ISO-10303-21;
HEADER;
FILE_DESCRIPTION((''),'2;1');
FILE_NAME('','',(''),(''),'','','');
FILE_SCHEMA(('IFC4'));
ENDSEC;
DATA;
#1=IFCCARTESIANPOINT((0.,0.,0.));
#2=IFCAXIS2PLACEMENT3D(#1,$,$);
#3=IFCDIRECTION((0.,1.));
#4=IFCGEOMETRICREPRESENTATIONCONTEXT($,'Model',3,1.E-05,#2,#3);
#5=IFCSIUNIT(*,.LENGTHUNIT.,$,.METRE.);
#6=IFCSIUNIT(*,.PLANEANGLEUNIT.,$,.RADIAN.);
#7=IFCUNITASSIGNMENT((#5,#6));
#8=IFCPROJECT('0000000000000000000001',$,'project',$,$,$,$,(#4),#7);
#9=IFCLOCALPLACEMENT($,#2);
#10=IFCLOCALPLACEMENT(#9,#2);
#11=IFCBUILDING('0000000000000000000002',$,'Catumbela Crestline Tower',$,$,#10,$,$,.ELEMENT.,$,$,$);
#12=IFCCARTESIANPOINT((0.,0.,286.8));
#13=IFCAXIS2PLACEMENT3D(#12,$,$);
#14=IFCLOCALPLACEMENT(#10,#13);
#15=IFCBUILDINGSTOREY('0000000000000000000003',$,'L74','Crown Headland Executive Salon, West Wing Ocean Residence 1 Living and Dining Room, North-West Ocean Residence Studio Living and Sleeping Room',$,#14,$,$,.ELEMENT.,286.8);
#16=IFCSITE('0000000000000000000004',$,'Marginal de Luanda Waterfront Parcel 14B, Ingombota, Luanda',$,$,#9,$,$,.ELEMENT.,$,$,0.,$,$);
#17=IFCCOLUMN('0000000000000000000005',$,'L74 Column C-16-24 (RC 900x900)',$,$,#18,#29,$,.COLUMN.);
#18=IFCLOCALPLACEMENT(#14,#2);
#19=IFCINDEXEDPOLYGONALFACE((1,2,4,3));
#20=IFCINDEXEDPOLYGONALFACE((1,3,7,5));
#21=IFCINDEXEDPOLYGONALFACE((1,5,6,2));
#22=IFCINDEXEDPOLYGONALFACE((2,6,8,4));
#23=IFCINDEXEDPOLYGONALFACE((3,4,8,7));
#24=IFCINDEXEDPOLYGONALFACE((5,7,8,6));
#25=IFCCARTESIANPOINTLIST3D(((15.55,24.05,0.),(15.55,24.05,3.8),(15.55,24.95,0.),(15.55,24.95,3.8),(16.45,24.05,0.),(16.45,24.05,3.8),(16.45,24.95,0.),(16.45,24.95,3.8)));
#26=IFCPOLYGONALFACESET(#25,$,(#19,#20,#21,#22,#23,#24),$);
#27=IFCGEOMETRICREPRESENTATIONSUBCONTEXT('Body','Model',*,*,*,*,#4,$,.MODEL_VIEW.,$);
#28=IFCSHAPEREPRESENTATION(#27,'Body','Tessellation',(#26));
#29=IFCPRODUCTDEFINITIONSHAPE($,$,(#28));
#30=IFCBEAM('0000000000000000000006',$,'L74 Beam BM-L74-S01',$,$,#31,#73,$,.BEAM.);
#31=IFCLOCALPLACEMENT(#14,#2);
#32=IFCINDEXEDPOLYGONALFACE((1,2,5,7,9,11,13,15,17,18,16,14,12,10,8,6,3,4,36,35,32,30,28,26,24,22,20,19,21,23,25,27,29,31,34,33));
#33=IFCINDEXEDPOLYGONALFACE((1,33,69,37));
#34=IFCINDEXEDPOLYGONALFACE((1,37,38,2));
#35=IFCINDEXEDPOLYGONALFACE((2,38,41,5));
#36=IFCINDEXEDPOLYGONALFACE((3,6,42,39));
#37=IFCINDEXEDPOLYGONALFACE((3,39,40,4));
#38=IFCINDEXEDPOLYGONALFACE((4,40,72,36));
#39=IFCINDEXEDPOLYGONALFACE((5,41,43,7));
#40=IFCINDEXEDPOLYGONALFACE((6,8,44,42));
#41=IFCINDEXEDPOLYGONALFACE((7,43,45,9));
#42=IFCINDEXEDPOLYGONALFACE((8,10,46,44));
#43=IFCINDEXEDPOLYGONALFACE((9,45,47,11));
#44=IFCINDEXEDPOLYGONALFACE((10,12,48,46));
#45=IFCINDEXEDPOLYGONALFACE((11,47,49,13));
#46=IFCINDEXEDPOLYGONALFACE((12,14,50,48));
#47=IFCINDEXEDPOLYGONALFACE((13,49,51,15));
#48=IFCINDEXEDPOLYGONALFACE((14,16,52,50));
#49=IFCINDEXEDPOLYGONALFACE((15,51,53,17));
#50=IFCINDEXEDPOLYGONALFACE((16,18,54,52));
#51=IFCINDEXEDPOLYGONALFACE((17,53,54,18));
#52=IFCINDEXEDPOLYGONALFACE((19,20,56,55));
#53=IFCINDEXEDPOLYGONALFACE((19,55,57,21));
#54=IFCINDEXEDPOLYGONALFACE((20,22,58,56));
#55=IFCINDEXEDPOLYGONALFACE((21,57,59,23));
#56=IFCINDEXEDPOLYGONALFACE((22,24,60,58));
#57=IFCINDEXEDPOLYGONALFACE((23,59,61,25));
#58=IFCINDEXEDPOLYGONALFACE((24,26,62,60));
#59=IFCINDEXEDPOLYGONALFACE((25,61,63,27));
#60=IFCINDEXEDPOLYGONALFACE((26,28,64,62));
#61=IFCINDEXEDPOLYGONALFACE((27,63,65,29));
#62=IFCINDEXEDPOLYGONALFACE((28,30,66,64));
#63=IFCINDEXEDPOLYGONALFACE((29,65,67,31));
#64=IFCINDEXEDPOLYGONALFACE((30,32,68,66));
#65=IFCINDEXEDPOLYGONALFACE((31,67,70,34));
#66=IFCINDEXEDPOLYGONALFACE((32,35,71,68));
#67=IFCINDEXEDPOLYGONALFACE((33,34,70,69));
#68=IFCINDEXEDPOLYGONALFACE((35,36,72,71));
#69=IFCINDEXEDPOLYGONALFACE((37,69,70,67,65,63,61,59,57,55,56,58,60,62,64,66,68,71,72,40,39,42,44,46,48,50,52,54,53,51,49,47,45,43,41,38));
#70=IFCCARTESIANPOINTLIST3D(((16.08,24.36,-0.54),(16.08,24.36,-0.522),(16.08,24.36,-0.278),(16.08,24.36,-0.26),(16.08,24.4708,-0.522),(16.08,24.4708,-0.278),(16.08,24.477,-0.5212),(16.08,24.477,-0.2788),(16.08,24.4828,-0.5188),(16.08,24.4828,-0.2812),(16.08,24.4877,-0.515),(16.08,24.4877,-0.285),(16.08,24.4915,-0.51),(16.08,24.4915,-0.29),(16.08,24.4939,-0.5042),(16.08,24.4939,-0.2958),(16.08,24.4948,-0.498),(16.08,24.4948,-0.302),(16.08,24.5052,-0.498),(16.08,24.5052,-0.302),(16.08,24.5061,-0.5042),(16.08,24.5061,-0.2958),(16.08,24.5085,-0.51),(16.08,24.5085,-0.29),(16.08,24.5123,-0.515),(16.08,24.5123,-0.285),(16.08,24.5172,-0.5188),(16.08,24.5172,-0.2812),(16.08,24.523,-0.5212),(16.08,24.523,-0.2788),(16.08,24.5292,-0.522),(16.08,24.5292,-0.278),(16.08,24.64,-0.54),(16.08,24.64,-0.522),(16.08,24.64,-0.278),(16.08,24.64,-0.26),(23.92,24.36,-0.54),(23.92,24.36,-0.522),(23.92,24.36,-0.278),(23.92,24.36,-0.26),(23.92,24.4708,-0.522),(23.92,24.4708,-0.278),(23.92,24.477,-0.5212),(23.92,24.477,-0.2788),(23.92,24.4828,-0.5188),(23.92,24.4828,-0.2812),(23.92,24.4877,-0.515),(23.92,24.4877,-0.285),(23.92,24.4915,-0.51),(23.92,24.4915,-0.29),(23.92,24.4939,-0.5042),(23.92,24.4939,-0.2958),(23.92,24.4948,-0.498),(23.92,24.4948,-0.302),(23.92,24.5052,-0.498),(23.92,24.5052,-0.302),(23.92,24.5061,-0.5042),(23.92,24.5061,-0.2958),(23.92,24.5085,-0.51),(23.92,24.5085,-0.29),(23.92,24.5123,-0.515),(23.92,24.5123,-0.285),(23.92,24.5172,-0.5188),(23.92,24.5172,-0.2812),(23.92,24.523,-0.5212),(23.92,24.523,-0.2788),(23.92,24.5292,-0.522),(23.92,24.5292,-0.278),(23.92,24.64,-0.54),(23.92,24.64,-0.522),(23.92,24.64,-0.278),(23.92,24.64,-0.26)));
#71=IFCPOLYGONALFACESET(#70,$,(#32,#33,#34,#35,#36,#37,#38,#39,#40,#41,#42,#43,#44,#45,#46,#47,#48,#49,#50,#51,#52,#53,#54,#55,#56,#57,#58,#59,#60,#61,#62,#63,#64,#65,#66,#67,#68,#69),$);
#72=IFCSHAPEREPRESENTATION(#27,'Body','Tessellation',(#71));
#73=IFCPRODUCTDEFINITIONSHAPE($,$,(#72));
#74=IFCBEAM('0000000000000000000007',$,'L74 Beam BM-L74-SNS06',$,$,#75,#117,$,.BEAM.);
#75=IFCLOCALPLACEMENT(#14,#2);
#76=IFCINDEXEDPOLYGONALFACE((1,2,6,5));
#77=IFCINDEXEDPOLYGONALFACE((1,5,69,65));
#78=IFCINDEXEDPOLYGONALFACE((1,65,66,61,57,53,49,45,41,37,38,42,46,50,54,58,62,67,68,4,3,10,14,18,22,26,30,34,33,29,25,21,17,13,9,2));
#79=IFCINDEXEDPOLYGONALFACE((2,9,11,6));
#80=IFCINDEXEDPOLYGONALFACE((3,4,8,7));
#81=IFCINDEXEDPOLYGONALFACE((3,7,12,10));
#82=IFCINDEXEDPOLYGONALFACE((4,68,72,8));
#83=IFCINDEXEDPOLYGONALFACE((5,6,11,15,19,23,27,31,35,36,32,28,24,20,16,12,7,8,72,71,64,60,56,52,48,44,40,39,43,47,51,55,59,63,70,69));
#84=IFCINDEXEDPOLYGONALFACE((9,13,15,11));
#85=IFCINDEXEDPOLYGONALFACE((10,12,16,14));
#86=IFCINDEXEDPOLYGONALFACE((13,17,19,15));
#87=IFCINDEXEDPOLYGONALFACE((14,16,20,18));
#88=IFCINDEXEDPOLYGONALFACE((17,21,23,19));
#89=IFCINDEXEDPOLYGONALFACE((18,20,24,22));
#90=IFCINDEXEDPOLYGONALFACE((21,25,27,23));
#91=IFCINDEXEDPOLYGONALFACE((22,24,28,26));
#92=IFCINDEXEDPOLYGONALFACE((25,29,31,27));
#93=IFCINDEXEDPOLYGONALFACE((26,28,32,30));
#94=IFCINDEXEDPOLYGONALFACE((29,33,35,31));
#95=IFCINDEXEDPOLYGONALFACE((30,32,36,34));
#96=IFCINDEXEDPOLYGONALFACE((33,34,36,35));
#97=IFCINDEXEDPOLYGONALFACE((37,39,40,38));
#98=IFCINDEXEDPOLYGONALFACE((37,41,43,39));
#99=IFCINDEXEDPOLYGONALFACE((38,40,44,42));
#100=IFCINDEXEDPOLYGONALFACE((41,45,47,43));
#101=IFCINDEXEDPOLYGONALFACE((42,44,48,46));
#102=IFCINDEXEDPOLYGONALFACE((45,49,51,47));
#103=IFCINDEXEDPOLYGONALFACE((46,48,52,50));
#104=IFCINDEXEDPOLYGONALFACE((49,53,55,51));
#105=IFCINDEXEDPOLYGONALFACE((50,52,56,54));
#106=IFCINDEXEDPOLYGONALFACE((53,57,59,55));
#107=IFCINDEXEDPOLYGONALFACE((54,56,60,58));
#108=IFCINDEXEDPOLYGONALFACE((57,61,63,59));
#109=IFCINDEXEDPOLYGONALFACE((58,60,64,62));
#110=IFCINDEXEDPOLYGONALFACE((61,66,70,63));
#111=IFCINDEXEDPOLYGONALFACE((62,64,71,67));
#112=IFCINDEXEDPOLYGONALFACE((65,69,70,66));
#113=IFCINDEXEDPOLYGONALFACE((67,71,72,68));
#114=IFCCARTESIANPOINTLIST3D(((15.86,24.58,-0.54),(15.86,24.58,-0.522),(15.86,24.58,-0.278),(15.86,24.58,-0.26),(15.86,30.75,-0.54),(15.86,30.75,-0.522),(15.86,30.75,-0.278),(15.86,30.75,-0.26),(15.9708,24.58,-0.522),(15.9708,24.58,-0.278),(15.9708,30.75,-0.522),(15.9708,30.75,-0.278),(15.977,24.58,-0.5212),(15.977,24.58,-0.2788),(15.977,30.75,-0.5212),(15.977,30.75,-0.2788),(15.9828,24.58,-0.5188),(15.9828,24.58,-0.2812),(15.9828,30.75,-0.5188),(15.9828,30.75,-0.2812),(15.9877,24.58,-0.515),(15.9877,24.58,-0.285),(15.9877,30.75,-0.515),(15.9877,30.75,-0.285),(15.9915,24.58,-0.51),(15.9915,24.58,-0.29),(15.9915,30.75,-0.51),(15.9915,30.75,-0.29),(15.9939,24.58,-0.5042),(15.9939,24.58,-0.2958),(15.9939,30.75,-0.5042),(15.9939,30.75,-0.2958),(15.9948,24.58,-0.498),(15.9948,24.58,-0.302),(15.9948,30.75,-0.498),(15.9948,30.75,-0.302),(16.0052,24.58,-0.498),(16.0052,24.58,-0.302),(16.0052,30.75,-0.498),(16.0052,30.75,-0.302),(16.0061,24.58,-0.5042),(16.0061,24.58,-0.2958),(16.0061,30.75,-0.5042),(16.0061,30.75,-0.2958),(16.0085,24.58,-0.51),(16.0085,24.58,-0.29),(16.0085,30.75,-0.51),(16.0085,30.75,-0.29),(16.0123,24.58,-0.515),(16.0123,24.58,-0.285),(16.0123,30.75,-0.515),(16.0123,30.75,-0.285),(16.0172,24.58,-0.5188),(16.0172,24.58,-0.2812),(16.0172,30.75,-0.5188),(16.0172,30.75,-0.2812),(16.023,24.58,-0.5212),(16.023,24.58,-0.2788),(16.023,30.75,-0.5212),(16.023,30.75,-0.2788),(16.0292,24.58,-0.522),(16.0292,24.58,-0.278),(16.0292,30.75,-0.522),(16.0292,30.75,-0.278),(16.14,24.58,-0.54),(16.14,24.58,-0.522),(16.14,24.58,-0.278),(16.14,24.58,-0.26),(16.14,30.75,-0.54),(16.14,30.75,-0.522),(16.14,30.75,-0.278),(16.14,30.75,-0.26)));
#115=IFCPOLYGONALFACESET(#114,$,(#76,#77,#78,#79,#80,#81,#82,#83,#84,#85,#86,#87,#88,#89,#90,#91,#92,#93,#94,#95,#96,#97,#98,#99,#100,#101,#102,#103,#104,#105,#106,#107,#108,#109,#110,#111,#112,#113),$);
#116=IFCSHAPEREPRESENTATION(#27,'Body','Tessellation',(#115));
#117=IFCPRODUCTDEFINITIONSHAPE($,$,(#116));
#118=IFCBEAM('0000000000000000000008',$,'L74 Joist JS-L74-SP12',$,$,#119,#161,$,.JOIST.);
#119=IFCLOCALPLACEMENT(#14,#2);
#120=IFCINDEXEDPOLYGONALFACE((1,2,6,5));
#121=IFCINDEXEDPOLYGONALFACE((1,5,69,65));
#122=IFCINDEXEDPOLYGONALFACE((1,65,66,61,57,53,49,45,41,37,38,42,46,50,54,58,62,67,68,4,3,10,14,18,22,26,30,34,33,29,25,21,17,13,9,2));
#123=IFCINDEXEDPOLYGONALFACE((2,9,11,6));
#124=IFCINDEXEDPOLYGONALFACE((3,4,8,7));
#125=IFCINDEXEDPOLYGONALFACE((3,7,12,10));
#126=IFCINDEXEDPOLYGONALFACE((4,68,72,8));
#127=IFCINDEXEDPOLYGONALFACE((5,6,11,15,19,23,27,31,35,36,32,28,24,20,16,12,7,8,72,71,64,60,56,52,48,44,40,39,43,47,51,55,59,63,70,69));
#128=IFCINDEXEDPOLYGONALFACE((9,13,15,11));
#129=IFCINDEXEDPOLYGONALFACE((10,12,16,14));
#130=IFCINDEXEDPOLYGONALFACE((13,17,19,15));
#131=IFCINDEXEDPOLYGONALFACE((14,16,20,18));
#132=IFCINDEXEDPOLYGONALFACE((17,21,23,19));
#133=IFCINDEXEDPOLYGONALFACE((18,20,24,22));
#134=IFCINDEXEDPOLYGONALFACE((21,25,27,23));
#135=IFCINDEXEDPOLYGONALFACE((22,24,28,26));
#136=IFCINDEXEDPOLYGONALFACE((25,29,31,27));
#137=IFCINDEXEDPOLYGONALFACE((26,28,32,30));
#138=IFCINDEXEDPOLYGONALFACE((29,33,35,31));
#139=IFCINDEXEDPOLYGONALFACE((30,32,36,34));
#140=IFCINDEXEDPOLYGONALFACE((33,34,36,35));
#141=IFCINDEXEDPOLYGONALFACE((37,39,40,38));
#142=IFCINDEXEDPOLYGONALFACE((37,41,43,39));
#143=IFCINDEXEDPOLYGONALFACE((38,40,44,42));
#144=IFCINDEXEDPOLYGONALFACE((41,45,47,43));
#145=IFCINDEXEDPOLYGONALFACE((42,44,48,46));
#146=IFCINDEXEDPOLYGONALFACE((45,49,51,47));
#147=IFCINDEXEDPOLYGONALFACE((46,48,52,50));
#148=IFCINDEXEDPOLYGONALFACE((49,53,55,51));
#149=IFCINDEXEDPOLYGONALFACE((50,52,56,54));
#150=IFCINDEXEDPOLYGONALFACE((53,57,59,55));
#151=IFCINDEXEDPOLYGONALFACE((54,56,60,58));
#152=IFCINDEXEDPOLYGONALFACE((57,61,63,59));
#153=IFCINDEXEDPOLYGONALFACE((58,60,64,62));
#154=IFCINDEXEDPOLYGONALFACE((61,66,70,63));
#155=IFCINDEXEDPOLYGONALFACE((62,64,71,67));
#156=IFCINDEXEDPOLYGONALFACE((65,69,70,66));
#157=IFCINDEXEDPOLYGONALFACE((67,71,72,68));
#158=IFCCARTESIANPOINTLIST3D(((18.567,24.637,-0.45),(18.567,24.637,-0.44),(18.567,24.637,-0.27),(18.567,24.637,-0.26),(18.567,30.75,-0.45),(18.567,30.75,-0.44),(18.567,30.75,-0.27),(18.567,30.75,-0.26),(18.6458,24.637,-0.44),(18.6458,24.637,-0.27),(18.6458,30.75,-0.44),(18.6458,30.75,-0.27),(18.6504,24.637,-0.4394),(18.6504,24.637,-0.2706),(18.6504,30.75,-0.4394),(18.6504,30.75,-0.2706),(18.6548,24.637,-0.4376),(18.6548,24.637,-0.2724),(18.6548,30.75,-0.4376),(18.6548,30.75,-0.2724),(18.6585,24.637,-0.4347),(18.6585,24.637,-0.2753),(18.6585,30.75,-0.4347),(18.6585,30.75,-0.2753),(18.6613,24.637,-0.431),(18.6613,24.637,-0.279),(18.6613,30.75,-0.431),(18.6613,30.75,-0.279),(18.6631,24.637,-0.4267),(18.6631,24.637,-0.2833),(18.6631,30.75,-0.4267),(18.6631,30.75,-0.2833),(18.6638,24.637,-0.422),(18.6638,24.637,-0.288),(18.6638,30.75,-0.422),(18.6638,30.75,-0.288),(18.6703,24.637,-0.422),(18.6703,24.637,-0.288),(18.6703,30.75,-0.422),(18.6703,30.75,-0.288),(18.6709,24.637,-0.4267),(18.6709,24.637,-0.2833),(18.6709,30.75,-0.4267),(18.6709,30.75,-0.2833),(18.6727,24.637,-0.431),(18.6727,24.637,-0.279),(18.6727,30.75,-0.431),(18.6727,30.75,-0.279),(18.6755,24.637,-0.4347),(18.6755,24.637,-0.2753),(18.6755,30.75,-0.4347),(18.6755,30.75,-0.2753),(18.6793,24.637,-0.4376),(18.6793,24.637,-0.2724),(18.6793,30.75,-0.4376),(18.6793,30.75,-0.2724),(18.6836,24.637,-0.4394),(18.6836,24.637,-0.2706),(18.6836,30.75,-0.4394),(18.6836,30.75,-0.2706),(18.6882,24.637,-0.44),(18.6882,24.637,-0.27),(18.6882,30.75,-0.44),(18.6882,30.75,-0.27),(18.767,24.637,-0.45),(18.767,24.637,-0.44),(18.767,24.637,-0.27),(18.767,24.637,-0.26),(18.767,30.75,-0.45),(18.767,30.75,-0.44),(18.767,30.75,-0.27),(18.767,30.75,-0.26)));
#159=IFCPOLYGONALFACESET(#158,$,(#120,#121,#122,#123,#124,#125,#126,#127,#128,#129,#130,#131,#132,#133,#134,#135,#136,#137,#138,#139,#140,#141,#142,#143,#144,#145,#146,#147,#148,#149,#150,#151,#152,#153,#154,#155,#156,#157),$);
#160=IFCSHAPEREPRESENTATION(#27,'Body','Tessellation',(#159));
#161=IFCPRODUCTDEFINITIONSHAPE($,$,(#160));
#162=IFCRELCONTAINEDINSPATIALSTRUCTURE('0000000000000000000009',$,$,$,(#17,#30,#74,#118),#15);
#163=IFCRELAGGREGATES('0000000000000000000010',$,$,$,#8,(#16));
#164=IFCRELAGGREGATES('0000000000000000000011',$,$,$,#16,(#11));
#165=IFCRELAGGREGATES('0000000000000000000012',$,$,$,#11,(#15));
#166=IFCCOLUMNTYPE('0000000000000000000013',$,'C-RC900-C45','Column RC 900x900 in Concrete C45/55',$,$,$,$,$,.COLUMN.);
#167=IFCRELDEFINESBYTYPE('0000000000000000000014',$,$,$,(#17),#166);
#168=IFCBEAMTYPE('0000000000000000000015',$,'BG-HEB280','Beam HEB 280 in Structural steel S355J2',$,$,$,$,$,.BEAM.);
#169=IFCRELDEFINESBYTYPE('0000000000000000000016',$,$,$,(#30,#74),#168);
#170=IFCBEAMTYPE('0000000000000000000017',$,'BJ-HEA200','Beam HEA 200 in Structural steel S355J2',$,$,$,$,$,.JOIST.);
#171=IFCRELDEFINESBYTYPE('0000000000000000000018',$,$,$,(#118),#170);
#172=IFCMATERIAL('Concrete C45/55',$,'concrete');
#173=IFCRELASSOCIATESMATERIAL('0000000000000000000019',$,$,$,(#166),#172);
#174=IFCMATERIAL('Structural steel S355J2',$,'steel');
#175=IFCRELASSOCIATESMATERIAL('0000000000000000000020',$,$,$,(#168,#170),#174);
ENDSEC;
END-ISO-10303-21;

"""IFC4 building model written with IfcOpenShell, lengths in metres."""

from ifc_helpers import new_model, si_unit, direction, frame, origin, origin_2d, place, context, subcontext, project, spatial, rectangle, i_section, extrude, material, material_profile, profile_set, type_object, element, save


model = new_model("IFC4")

# Units and contexts
model_context = context("Model", 3, precision=1e-05, world=origin(), true_north=direction((0.0, 1.0)))
body_context = subcontext(model_context, "Body", "Model", "MODEL_VIEW")
ifc_project = project(units=[si_unit("LENGTHUNIT", "METRE"), si_unit("PLANEANGLEUNIT", "RADIAN")], contexts=[model_context])

# Site, building, storey
site_placement = place(None, origin())
site = spatial("IfcSite", under=ifc_project, at=site_placement, Name="Marginal de Luanda Waterfront Parcel 14B, Ingombota, Luanda", CompositionType="ELEMENT", RefElevation=0.0)
building_placement = place(site_placement, origin())
building = spatial("IfcBuilding", under=site, at=building_placement, Name="Catumbela Crestline Tower", CompositionType="ELEMENT")
storey_placement = place(building_placement, frame((0.0, 0.0, 286.8)))
storey = spatial("IfcBuildingStorey", under=building, at=storey_placement, Name="L74", Description="Crown Headland Executive Salon, West Wing Ocean Residence 1 Living and Dining Room, North-West Ocean Residence Studio Living and Sleeping Room", CompositionType="ELEMENT", Elevation=286.8)

# Column
ifc_material_1 = material(Name="Concrete C45/55", Category="concrete")
ifc_material_profile_1 = material_profile(ifc_material_1, rectangle(XDim=0.9, YDim=0.9, at=origin_2d()), Name="RC 900x900")
ifc_profile_set_1 = profile_set([ifc_material_profile_1], Name="Concrete C45/55")
column_type = type_object("IfcColumnType", Name="C-RC900-C45", Description="Column RC 900x900 in Concrete C45/55", PredefinedType="COLUMN", material=ifc_profile_set_1)
column_placement = place(storey_placement, frame((16.0, 24.5, 0.0), z_axis=(0.0, 0.0, 1.0), x_axis=(1.0, 0.0, 0.0)))
element("IfcColumn", 1, at=column_placement, inside=storey, type_object=column_type, Name="L74 Column C-16-24 (RC 900x900)", PredefinedType="COLUMN", context=body_context, shape_type="SweptSolid", body=[
    extrude(rectangle(XDim=0.9, YDim=0.9, at=origin_2d()), origin(), (0.0, 0.0, 1.0), 3.8),
])

# Beams
ifc_material_2 = material(Name="Structural steel S355J2", Category="steel")
ifc_material_profile_2 = material_profile(ifc_material_2, i_section(OverallWidth=0.28, OverallDepth=0.28, WebThickness=0.0105, FlangeThickness=0.018, FilletRadius=0.024, at=origin_2d()), Name="HEB 280")
ifc_profile_set_2 = profile_set([ifc_material_profile_2], Name="Structural steel S355J2")
beam_type_1 = type_object("IfcBeamType", Name="BG-HEB280", Description="Beam HEB 280 in Structural steel S355J2", PredefinedType="BEAM", material=ifc_profile_set_2)
beam_1_placement = place(storey_placement, frame((16.08, 24.5, -0.4), z_axis=(1.0, 0.0, 0.0), x_axis=(0.0, 1.0, 0.0)))
element("IfcBeam", 2, at=beam_1_placement, inside=storey, type_object=beam_type_1, Name="L74 Beam BM-L74-S01", PredefinedType="BEAM", context=body_context, shape_type="SweptSolid", body=[
    extrude(i_section(OverallWidth=0.28, OverallDepth=0.28, WebThickness=0.0105, FlangeThickness=0.018, FilletRadius=0.024, at=origin_2d()), origin(), (0.0, 0.0, 1.0), 7.84),
])
beam_2_placement = place(storey_placement, frame((16.0, 24.58, -0.4), z_axis=(0.0, 1.0, 0.0), x_axis=(-1.0, 0.0, 0.0)))
element("IfcBeam", 3, at=beam_2_placement, inside=storey, type_object=beam_type_1, Name="L74 Beam BM-L74-SNS06", PredefinedType="BEAM", context=body_context, shape_type="SweptSolid", body=[
    extrude(i_section(OverallWidth=0.28, OverallDepth=0.28, WebThickness=0.0105, FlangeThickness=0.018, FilletRadius=0.024, at=origin_2d()), origin(), (0.0, 0.0, 1.0), 6.17),
])
ifc_material_profile_3 = material_profile(ifc_material_2, i_section(OverallWidth=0.2, OverallDepth=0.19, WebThickness=0.0065, FlangeThickness=0.01, FilletRadius=0.018, at=origin_2d()), Name="HEA 200")
ifc_profile_set_3 = profile_set([ifc_material_profile_3], Name="Structural steel S355J2")
beam_type_2 = type_object("IfcBeamType", Name="BJ-HEA200", Description="Beam HEA 200 in Structural steel S355J2", PredefinedType="JOIST", material=ifc_profile_set_3)
for number, where, z_axis, x_axis, name in (
    (4, (18.667, 24.637, -0.355), (0.0, 1.0, 0.0), (-1.0, 0.0, 0.0), "L74 Joist JS-L74-SP12"),
):
    element("IfcBeam", number, at=place(storey_placement, frame(where, z_axis=z_axis, x_axis=x_axis)), inside=storey, type_object=beam_type_2, Name=name, PredefinedType="JOIST", context=body_context, shape_type="SweptSolid", body=[
        extrude(i_section(OverallWidth=0.2, OverallDepth=0.19, WebThickness=0.0065, FlangeThickness=0.01, FilletRadius=0.018, at=origin_2d()), origin(), (0.0, 0.0, 1.0), 6.113),
    ])

save(model, "model.ifc")
